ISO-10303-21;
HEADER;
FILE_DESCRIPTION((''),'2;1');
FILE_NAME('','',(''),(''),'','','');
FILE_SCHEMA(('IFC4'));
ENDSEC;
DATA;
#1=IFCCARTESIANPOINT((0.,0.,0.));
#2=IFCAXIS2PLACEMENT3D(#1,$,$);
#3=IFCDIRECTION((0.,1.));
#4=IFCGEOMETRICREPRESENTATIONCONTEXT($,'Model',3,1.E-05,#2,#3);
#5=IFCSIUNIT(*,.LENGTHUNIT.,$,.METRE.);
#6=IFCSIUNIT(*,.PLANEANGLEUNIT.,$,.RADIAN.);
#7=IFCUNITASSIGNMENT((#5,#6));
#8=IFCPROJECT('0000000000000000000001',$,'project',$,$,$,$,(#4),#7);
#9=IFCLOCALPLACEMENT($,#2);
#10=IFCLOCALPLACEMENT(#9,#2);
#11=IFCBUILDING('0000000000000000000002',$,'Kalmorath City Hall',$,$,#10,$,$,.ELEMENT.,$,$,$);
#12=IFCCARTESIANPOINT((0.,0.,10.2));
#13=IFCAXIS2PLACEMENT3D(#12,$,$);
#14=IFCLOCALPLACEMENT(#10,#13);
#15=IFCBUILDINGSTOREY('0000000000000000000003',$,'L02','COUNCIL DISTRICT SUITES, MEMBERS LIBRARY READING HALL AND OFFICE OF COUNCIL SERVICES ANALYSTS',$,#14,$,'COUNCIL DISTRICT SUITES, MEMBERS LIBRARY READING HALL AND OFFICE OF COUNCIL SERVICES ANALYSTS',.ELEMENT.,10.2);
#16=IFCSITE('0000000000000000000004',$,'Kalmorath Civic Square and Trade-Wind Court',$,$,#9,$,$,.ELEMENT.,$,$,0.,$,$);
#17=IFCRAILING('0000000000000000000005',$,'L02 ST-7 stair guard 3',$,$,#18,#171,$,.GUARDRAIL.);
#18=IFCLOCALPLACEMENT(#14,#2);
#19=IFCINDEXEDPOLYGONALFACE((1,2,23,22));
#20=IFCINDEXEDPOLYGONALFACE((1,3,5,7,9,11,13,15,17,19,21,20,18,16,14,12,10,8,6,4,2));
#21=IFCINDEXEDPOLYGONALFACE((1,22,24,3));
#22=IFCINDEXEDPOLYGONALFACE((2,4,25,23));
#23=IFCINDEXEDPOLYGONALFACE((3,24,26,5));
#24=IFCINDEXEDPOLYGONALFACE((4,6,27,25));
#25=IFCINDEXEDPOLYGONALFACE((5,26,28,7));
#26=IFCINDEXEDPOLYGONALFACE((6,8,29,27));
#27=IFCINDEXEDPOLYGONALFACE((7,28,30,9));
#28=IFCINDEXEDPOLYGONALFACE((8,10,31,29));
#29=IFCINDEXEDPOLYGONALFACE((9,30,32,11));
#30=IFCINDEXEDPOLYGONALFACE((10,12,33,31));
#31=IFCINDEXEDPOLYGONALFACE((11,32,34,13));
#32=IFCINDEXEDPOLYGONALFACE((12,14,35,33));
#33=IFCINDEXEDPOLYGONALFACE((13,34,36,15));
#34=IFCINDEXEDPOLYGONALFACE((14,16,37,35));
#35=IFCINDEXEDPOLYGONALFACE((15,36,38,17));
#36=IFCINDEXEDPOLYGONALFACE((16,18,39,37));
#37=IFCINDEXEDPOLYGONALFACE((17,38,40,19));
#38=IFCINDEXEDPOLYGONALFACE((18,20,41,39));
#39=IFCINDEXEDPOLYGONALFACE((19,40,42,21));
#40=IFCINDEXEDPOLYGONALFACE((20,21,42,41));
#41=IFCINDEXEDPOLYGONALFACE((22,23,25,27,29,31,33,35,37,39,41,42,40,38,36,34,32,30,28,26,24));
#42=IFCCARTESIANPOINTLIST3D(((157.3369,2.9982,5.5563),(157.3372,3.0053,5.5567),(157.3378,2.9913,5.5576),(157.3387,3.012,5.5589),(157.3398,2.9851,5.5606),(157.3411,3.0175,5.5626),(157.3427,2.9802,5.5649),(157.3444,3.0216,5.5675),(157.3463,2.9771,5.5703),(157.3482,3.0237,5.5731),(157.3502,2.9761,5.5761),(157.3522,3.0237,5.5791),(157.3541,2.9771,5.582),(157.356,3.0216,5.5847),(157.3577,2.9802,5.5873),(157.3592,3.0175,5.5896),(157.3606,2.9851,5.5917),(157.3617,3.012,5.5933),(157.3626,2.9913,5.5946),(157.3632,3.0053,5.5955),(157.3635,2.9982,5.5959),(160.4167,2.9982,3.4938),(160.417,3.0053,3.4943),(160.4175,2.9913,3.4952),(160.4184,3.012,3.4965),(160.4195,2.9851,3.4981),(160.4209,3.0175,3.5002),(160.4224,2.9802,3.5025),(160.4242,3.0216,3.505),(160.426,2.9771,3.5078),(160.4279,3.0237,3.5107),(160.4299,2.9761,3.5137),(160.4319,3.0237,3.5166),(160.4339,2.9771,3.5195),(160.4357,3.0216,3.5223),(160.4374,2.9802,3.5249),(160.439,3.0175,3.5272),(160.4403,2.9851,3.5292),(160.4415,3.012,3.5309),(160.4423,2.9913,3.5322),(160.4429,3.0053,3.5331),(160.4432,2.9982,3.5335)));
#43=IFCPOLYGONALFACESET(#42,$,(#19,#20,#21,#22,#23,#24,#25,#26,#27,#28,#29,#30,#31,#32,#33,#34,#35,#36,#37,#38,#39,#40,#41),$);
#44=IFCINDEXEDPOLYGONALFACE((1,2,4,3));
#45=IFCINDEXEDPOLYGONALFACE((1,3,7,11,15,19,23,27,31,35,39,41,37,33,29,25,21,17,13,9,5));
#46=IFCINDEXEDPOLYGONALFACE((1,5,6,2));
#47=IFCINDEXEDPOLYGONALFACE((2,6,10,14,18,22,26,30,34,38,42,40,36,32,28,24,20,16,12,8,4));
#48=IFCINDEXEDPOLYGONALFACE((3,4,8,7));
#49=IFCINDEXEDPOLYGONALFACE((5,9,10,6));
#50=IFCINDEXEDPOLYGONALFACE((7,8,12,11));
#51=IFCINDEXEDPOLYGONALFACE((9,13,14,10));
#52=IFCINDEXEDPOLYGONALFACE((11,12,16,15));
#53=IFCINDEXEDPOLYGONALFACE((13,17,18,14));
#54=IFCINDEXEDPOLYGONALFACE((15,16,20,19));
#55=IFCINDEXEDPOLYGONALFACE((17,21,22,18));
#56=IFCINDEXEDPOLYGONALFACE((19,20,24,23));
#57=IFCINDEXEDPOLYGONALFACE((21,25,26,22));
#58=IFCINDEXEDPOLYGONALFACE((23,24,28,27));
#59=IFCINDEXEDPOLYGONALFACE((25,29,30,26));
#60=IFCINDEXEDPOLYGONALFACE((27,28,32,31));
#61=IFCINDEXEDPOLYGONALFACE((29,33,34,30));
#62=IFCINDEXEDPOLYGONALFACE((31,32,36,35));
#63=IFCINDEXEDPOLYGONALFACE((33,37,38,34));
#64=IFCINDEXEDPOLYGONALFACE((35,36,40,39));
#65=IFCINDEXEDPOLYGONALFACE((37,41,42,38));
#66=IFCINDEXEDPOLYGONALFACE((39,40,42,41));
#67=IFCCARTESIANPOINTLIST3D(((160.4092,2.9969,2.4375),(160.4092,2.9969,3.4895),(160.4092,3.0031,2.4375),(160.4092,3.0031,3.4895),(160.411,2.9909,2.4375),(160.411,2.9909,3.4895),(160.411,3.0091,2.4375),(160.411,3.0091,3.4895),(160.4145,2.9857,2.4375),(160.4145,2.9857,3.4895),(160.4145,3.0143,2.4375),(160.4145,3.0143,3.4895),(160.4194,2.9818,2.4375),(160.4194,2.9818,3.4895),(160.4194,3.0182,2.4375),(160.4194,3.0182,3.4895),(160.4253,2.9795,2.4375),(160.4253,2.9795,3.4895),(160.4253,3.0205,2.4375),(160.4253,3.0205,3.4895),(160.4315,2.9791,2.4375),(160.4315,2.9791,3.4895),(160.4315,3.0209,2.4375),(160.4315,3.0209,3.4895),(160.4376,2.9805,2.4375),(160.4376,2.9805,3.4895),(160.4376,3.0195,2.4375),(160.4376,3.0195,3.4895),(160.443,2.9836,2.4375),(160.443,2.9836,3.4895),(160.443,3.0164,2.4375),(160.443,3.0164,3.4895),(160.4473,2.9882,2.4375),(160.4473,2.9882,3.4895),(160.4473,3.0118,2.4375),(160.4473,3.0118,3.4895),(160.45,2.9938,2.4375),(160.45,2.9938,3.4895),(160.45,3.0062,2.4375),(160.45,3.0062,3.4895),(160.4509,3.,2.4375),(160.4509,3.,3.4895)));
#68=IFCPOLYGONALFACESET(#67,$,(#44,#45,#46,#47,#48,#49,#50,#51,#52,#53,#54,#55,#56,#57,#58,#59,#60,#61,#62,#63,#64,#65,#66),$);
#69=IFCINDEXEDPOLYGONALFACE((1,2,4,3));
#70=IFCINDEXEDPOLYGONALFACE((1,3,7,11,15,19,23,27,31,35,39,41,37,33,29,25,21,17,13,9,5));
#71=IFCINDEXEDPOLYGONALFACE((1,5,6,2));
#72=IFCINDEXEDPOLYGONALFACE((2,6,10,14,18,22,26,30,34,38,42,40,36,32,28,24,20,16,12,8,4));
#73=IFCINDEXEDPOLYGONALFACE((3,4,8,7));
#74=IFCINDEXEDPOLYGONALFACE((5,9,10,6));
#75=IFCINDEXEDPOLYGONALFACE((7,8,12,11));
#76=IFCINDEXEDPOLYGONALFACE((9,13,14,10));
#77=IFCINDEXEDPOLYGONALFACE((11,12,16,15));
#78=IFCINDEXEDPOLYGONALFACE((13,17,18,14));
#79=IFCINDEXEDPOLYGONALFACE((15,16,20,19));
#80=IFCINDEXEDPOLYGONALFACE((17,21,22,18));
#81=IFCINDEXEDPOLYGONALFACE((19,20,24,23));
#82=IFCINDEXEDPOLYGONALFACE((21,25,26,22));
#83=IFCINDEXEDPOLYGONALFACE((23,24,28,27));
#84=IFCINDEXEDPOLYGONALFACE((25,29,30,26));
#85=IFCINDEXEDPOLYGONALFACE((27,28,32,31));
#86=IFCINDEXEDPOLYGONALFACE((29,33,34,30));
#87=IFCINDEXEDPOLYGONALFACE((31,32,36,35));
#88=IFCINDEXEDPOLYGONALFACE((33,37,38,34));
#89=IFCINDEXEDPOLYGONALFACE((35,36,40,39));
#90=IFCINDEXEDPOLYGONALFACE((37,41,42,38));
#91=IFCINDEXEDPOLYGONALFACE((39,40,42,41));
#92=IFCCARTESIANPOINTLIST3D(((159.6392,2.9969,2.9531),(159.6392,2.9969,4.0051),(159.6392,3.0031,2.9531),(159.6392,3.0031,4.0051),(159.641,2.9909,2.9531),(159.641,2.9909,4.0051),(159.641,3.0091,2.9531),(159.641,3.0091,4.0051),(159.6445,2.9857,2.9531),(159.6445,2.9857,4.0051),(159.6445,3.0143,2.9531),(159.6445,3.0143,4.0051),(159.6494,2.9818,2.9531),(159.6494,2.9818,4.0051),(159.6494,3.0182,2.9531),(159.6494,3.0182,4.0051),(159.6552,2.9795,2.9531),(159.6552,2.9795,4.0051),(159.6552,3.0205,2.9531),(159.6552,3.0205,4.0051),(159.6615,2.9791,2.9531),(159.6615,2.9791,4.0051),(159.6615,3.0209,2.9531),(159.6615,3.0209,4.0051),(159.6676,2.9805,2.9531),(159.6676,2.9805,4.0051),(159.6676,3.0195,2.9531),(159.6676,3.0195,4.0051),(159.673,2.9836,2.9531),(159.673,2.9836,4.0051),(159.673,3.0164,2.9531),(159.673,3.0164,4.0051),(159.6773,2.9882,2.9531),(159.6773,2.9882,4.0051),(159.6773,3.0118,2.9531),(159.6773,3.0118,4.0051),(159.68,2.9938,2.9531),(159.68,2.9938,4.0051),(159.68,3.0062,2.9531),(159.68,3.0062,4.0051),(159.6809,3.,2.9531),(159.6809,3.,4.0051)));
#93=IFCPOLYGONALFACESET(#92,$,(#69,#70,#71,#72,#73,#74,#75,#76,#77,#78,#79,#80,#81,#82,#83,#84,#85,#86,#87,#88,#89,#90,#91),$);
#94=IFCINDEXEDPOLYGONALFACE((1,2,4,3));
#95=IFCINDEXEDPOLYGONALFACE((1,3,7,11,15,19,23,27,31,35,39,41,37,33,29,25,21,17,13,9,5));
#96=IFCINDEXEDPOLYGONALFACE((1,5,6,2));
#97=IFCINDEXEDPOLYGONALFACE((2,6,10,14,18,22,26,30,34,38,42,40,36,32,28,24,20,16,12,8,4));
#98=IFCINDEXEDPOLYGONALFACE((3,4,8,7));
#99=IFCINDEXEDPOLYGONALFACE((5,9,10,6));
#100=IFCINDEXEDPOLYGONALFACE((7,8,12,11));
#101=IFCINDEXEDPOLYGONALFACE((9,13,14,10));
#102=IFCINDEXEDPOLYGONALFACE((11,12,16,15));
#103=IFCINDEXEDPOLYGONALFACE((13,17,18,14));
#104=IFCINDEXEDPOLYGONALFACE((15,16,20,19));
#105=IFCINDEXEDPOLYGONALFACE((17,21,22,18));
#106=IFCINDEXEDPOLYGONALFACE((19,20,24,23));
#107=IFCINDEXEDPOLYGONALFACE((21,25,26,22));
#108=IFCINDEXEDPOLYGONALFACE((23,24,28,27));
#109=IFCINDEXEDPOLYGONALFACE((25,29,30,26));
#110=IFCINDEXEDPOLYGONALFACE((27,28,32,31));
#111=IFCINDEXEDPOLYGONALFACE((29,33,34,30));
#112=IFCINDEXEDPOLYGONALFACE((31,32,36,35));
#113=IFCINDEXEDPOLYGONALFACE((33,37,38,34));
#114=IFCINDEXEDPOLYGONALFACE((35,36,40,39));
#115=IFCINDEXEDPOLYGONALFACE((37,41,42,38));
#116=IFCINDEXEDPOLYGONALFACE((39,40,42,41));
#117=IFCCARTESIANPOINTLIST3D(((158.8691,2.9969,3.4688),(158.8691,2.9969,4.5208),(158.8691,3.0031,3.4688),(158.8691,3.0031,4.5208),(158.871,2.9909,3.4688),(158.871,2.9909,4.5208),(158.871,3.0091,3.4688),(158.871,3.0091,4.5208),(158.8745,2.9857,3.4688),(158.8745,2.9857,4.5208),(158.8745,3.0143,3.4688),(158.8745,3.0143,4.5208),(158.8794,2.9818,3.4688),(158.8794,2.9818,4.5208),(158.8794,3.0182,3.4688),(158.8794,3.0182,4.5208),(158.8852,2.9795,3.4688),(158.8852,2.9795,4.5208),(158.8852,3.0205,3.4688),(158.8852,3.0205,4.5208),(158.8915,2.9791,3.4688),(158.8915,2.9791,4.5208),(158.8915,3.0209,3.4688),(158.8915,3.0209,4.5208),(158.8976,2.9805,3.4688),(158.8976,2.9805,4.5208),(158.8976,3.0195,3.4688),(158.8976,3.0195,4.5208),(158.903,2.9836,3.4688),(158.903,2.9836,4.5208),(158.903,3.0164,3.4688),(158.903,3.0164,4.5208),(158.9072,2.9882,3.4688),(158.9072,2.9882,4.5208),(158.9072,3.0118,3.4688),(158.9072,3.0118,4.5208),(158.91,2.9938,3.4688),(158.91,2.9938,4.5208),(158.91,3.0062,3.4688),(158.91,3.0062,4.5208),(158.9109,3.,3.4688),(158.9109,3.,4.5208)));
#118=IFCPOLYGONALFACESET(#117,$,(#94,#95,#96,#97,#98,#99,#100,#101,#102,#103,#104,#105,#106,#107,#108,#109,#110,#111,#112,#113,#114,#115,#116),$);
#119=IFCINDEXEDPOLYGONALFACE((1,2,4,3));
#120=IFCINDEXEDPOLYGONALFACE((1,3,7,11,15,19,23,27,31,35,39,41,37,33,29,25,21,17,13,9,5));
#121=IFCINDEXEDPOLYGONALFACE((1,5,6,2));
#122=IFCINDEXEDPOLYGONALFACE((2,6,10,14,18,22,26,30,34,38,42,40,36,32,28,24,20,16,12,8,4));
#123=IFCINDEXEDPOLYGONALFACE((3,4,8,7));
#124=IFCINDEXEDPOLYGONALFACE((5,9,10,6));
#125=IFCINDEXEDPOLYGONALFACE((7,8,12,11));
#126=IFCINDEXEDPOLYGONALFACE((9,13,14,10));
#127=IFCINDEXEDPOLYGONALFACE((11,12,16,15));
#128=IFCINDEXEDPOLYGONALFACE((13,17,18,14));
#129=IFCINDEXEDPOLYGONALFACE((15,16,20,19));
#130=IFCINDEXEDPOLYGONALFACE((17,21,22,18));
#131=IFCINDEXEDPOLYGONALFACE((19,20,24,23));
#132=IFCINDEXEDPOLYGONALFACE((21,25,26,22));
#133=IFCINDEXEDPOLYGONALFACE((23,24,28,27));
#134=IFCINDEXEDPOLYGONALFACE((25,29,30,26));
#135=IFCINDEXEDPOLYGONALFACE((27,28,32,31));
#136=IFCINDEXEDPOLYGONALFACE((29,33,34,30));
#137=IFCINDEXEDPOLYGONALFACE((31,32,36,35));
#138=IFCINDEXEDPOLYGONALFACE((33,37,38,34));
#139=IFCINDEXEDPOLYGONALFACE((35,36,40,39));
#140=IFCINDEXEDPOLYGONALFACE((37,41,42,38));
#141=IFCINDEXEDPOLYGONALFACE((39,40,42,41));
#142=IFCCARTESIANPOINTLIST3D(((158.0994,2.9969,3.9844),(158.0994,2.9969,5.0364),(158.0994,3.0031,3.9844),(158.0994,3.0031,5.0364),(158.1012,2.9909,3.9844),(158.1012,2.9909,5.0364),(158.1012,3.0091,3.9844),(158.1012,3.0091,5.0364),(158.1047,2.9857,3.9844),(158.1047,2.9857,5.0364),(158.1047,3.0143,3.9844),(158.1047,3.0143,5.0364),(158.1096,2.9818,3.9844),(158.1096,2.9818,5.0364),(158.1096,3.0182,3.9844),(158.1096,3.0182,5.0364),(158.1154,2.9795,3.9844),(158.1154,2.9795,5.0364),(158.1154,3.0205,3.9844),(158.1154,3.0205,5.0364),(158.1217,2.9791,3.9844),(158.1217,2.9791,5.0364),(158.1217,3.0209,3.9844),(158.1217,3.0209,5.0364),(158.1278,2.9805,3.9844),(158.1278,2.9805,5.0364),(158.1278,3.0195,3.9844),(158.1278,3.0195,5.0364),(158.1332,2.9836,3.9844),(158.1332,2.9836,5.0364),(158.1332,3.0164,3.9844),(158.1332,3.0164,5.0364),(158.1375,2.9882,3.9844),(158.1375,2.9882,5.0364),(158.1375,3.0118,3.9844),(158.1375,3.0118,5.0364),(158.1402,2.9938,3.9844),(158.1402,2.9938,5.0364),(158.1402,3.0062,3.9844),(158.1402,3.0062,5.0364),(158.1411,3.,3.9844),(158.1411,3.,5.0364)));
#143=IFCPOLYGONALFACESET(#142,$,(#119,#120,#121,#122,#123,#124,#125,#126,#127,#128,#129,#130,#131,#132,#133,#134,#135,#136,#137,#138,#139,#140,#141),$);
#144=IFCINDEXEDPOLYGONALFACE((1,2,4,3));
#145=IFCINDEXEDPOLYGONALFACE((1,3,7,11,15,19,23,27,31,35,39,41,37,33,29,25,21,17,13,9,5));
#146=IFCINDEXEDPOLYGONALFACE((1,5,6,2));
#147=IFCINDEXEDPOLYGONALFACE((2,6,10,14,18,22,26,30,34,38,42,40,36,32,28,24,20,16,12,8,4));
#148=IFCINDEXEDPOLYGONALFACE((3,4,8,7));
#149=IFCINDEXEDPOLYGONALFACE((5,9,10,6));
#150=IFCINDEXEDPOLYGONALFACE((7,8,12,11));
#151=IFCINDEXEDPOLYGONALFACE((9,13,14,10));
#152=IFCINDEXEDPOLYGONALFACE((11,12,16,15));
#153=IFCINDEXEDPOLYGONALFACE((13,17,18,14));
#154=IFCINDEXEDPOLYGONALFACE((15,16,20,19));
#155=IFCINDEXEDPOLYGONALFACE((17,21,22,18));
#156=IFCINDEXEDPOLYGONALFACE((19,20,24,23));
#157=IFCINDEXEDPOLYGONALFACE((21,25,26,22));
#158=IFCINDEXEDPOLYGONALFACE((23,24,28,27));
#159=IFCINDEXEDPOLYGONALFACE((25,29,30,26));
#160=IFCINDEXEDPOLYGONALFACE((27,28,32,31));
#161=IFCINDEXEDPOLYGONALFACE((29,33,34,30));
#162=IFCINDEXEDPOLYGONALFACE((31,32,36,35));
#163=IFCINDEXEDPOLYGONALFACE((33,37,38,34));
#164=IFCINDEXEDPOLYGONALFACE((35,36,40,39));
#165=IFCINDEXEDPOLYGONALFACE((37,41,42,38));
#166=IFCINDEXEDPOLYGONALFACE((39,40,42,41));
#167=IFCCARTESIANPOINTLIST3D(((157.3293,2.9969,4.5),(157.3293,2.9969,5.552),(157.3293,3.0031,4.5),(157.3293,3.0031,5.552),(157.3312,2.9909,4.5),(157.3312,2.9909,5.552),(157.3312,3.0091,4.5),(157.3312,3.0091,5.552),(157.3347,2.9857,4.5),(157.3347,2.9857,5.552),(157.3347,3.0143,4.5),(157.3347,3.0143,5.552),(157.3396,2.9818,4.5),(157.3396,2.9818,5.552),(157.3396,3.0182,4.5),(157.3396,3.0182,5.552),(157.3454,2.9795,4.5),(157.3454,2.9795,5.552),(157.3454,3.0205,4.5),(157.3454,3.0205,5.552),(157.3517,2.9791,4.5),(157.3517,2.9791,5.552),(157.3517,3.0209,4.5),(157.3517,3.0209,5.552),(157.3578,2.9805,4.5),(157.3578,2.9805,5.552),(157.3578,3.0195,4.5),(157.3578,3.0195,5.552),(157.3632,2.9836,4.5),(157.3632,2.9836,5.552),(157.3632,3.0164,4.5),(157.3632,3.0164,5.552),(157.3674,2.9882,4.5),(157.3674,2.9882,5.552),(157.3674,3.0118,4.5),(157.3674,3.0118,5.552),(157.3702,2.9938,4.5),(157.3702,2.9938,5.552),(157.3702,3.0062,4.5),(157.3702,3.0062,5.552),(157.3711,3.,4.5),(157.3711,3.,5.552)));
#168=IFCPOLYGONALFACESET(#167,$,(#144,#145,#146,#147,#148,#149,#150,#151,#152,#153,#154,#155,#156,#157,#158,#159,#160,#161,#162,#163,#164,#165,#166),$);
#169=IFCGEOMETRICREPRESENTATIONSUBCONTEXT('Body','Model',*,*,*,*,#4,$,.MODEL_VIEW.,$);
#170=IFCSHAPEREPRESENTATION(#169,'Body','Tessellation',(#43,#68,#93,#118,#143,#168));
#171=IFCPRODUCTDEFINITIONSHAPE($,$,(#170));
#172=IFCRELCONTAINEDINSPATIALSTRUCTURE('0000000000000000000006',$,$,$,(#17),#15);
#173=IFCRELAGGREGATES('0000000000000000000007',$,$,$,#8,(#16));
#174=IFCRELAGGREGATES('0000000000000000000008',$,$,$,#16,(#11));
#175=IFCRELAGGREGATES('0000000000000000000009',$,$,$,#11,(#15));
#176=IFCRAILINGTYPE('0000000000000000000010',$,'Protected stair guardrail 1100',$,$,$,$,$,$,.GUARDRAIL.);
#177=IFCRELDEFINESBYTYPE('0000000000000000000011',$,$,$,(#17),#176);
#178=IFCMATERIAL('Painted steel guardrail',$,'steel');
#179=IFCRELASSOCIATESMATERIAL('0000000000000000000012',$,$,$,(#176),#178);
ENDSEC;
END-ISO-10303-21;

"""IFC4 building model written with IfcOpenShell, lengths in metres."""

from ifc_helpers import new_model, si_unit, direction, frame, origin, origin_2d, place, context, subcontext, project, spatial, circle, extrude, material, type_object, element, save


model = new_model("IFC4")

# Units and contexts
model_context = context("Model", 3, precision=1e-05, world=origin(), true_north=direction((0.0, 1.0)))
body_context = subcontext(model_context, "Body", "Model", "MODEL_VIEW")
ifc_project = project(units=[si_unit("LENGTHUNIT", "METRE"), si_unit("PLANEANGLEUNIT", "RADIAN")], contexts=[model_context])

# Site, building, storey
site_placement = place(None, origin())
site = spatial("IfcSite", under=ifc_project, at=site_placement, Name="Kalmorath Civic Square and Trade-Wind Court", CompositionType="ELEMENT", RefElevation=0.0)
building_placement = place(site_placement, origin())
building = spatial("IfcBuilding", under=site, at=building_placement, Name="Kalmorath City Hall", CompositionType="ELEMENT")
storey_placement = place(building_placement, frame((0.0, 0.0, 10.2)))
storey = spatial("IfcBuildingStorey", under=building, at=storey_placement, Name="L02", Description="COUNCIL DISTRICT SUITES, MEMBERS LIBRARY READING HALL AND OFFICE OF COUNCIL SERVICES ANALYSTS", LongName="COUNCIL DISTRICT SUITES, MEMBERS LIBRARY READING HALL AND OFFICE OF COUNCIL SERVICES ANALYSTS", CompositionType="ELEMENT", Elevation=10.2)

# Railing
ifc_material_1 = material(Name="Painted steel guardrail", Category="steel")
railing_type_1 = type_object("IfcRailingType", Name="Protected stair guardrail 1100", PredefinedType="GUARDRAIL", material=ifc_material_1)
railing_1_placement = place(storey_placement, frame((160.4299, 3.0, 2.4375)))
element("IfcRailing", 1, at=railing_1_placement, inside=storey, type_object=railing_type_1, Name="L02 ST-7 stair guard 3", PredefinedType="GUARDRAIL", context=body_context, shape_type="SweptSolid", body=[
    extrude(circle(Radius=0.0239, at=origin_2d()), frame((0.0, 0.0, 1.0762), z_axis=(-0.830893, 0.0, 0.556432), x_axis=(0.0, -1.0, 0.0)), (0.0, 0.0, 1.0), 3.7065),
    extrude(circle(Radius=0.021, at=origin_2d()), origin(), (0.0, 0.0, 1.0), 1.052),
    extrude(circle(Radius=0.021, at=origin_2d()), frame((-0.77, 0.0, 0.5156)), (0.0, 0.0, 1.0), 1.052),
    extrude(circle(Radius=0.021, at=origin_2d()), frame((-1.54, 0.0, 1.0312)), (0.0, 0.0, 1.0), 1.052),
    extrude(circle(Radius=0.021, at=origin_2d()), frame((-2.3098, 0.0, 1.5469)), (0.0, 0.0, 1.0), 1.052),
    extrude(circle(Radius=0.021, at=origin_2d()), frame((-3.0798, 0.0, 2.0625)), (0.0, 0.0, 1.0), 1.052),
])

save(model, "model.ifc")
